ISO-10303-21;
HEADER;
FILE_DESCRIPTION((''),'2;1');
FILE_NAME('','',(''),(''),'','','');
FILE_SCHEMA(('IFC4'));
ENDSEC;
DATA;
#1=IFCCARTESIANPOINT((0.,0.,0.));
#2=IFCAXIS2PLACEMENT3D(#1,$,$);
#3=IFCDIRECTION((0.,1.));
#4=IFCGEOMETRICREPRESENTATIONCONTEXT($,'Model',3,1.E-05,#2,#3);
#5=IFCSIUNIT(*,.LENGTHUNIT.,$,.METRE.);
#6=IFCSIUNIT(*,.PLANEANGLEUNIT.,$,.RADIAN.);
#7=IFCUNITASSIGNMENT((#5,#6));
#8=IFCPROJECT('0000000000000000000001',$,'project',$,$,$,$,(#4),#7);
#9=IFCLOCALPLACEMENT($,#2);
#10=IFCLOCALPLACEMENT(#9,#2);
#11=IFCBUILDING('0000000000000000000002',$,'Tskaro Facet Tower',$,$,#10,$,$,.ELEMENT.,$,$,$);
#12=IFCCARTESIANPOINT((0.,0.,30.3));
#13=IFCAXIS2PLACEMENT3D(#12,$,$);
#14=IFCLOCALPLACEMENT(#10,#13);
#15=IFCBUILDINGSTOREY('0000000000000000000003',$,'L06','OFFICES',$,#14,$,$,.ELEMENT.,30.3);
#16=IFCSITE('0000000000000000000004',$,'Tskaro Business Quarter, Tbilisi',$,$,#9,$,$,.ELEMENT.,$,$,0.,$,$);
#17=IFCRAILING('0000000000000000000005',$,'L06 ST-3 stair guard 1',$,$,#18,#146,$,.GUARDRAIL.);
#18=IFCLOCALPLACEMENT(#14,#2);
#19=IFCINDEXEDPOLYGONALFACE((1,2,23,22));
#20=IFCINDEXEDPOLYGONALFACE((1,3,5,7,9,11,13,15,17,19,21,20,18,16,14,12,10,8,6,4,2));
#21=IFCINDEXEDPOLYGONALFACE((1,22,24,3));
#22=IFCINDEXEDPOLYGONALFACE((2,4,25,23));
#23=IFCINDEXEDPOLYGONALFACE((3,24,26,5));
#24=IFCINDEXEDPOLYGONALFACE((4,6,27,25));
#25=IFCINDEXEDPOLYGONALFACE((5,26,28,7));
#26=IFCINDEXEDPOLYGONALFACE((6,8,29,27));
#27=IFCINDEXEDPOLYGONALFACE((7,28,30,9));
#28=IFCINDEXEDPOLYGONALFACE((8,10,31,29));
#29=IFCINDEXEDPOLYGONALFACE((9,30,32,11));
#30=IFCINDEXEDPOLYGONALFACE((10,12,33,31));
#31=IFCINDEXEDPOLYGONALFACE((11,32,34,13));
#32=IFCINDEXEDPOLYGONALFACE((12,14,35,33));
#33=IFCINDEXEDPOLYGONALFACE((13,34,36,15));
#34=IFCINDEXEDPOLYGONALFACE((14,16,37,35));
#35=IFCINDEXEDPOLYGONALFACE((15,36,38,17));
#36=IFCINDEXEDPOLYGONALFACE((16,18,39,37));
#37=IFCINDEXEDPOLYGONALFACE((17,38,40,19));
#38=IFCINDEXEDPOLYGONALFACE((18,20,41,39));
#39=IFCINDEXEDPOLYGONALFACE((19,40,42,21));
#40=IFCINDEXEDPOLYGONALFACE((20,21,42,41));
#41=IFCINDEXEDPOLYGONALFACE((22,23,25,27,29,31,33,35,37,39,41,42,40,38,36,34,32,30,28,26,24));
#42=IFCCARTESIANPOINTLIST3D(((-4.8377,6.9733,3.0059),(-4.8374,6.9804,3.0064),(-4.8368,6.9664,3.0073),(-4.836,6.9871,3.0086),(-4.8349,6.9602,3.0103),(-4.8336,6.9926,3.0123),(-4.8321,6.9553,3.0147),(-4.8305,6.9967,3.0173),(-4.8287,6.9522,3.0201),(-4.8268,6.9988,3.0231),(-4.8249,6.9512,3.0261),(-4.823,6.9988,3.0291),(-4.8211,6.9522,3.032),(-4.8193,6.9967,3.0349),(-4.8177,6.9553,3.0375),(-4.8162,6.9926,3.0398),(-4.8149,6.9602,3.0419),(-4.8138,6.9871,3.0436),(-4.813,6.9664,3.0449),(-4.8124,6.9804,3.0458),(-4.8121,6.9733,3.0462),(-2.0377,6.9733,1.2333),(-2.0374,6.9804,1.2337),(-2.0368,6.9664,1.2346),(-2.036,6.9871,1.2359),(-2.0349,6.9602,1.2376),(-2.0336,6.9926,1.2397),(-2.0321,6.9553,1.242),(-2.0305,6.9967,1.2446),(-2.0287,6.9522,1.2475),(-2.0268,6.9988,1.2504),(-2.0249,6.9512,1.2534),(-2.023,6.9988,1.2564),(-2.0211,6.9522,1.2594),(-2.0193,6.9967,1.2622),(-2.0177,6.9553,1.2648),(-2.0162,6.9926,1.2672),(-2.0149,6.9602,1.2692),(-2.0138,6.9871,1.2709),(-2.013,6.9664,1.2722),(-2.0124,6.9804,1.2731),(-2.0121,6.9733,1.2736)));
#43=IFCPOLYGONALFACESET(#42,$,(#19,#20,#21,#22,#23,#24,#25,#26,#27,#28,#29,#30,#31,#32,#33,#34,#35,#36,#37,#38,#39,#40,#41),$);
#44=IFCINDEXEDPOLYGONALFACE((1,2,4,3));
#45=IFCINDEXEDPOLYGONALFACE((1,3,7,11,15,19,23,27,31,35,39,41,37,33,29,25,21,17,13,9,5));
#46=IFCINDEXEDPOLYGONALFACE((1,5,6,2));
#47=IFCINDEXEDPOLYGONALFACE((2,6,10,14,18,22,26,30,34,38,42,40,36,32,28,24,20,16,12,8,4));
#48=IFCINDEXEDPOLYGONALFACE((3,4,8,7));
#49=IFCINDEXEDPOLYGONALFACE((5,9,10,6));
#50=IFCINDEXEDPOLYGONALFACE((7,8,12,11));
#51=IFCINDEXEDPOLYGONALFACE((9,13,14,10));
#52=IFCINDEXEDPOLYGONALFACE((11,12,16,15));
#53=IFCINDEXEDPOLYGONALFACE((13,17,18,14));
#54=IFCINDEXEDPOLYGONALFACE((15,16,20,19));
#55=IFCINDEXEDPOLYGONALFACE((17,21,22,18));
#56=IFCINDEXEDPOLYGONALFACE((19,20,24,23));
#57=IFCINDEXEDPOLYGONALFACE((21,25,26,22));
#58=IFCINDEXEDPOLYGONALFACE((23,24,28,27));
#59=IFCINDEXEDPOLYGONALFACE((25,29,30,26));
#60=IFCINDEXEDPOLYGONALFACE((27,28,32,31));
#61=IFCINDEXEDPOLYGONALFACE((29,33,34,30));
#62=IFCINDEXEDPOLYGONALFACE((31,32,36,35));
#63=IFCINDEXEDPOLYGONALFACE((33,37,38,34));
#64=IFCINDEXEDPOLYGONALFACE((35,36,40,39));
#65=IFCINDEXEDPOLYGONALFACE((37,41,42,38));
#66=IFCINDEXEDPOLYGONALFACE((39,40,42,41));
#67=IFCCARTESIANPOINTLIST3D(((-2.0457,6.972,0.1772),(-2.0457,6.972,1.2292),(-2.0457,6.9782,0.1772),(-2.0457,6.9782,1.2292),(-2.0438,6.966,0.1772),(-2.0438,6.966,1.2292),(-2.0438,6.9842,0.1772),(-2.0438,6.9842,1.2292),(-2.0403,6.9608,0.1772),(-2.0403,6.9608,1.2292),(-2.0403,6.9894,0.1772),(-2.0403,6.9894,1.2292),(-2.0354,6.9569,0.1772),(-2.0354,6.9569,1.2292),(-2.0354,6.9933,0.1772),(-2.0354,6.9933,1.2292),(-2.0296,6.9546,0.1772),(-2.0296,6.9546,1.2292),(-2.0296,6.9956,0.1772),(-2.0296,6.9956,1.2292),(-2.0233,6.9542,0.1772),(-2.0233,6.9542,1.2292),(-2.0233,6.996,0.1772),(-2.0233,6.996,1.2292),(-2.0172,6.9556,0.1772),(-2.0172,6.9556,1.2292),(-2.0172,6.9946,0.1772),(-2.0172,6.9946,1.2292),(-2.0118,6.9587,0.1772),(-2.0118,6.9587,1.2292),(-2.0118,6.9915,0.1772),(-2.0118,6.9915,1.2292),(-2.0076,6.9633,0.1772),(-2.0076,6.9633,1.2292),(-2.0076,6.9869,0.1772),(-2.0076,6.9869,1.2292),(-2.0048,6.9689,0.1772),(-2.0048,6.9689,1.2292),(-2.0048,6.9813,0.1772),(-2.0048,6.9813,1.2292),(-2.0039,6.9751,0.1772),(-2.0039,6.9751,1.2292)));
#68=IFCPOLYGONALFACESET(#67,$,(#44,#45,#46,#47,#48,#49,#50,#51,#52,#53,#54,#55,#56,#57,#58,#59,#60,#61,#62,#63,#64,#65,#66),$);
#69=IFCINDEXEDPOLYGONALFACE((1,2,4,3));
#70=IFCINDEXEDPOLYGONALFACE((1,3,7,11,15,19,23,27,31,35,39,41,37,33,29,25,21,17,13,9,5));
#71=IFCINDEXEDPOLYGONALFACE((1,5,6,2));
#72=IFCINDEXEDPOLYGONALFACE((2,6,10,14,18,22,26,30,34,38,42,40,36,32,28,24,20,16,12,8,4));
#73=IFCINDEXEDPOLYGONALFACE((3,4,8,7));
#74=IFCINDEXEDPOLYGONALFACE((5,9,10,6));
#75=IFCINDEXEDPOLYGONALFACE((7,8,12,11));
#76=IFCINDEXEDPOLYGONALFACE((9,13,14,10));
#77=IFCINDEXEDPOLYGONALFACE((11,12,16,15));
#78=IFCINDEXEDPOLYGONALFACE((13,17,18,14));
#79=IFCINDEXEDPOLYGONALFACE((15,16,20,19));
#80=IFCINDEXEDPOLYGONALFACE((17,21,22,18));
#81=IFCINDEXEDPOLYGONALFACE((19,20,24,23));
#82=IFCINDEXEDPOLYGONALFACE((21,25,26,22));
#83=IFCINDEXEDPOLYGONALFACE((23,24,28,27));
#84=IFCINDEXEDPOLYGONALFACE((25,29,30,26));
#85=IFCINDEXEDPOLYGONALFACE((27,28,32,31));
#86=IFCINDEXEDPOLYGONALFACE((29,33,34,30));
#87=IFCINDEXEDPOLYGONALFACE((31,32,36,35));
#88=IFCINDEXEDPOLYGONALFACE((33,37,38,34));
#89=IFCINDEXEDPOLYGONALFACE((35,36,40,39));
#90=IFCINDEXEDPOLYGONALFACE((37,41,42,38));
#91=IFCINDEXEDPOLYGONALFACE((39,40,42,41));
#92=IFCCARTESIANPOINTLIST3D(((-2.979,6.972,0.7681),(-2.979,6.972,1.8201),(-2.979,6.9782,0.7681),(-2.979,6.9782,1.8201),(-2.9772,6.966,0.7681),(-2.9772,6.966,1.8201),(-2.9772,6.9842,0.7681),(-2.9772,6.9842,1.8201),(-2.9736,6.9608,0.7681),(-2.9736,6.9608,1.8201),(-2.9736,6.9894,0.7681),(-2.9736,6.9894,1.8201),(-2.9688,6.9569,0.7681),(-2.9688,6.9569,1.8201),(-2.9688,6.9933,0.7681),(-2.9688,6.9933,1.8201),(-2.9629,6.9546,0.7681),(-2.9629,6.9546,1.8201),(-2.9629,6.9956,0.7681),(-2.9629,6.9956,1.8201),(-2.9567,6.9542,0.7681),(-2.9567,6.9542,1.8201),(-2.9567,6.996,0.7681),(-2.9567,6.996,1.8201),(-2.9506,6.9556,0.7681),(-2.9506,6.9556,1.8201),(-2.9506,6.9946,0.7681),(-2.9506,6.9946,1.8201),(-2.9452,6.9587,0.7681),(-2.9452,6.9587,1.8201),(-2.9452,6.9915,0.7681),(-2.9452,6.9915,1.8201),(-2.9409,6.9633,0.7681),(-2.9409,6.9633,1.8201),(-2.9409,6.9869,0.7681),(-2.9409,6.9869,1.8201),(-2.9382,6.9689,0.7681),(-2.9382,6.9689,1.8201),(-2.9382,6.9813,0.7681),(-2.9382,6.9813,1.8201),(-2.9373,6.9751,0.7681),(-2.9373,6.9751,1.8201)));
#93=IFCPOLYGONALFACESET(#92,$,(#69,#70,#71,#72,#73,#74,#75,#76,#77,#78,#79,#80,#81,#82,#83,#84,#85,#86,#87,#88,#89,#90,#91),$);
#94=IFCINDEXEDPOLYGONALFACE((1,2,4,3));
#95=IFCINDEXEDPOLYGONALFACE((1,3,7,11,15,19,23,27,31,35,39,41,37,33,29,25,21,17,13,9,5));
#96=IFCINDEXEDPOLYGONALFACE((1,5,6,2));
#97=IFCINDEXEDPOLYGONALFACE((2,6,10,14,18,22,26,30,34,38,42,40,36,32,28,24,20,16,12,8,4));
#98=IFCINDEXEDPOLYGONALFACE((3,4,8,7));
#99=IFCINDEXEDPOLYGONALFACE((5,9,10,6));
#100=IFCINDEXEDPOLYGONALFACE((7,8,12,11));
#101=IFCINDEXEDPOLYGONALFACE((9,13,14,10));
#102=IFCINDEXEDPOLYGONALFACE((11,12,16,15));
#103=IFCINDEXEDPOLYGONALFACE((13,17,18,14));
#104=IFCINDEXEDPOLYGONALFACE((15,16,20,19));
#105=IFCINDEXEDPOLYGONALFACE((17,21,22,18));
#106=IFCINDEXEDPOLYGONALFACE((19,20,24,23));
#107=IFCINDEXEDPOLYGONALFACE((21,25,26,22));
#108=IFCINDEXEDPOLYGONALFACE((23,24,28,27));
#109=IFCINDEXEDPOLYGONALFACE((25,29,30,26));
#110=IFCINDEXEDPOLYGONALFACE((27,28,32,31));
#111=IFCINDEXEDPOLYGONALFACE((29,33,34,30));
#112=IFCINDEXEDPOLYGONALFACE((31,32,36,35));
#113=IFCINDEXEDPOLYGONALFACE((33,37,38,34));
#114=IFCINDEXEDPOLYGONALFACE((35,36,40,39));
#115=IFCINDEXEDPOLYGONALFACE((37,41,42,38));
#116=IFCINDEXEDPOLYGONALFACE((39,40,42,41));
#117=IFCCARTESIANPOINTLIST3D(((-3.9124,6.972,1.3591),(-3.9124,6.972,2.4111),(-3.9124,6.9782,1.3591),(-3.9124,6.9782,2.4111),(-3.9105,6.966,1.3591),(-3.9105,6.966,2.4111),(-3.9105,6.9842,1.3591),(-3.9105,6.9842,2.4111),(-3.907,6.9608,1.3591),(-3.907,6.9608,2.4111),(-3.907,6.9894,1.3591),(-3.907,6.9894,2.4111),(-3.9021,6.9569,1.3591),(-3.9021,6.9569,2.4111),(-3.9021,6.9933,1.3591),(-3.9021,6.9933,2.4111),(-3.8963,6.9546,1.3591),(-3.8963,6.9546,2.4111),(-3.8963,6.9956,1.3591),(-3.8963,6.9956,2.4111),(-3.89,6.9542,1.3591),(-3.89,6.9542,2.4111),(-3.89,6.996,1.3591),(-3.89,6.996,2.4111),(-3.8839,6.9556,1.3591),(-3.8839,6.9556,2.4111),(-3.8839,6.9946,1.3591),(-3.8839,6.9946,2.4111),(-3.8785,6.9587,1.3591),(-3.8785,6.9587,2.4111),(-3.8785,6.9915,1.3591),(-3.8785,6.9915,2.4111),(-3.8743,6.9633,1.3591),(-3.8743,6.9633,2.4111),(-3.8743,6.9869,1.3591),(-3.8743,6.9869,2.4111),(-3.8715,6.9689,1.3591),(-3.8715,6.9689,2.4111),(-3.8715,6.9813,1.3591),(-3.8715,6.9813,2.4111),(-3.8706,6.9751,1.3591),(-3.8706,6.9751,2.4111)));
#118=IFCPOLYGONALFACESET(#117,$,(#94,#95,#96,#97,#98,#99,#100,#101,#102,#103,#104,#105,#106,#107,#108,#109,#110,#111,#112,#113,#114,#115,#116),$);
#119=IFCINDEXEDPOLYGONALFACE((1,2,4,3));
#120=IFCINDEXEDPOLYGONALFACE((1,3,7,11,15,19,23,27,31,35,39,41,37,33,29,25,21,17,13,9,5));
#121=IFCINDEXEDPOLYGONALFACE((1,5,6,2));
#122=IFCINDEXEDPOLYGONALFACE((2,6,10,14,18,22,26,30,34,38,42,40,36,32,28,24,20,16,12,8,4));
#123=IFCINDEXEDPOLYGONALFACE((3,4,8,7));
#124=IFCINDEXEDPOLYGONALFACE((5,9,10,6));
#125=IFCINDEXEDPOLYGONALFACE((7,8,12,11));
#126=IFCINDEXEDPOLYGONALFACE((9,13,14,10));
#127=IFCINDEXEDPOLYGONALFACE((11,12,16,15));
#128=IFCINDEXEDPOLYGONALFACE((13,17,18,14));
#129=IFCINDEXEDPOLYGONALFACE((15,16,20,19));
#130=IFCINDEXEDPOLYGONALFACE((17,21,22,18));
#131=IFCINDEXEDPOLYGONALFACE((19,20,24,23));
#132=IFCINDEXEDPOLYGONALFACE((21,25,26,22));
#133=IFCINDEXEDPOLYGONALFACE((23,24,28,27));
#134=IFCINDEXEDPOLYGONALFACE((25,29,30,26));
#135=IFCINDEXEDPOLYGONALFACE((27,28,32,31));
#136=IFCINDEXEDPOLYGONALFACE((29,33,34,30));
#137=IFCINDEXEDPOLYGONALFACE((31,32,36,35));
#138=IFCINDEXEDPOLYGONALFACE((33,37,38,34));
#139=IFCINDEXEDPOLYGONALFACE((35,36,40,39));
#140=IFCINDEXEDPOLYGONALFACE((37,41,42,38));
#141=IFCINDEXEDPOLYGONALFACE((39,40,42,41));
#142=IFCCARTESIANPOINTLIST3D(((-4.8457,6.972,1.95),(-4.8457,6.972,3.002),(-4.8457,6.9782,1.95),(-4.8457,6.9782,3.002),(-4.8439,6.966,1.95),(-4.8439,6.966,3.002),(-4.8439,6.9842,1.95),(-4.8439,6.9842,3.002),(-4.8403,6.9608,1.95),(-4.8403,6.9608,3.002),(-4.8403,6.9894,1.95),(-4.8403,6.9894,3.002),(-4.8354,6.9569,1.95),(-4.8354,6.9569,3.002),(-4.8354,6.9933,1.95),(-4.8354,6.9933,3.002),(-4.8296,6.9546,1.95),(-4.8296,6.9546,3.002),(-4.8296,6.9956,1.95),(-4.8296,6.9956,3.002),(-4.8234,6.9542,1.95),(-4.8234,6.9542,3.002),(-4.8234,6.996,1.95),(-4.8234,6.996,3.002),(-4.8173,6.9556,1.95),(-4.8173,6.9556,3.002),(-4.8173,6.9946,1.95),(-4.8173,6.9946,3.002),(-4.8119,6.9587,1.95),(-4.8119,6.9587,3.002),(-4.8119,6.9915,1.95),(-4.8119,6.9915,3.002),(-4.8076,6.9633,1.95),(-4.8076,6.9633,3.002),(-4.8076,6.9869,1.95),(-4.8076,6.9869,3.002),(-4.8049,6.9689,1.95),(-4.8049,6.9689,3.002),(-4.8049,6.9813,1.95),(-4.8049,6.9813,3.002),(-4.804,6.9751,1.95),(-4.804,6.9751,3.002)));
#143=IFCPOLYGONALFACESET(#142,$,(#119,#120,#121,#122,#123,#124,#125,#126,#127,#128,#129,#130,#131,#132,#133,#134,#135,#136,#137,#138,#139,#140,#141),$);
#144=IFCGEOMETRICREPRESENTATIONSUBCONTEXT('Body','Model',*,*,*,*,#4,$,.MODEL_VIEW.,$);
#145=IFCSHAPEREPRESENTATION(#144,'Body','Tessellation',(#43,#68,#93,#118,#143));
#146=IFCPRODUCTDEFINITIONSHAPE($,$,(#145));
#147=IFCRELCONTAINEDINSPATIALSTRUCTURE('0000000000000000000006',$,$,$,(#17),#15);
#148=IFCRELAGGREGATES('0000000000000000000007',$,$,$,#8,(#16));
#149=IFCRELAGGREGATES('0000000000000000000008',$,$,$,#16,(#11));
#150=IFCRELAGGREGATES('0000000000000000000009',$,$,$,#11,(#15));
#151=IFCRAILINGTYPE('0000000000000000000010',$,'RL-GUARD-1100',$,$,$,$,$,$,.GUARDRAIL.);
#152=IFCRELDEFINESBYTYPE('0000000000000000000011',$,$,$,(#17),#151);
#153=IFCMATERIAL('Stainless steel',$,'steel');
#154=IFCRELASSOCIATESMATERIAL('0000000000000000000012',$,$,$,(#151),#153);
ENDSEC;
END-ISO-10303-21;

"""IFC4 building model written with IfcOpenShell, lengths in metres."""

from ifc_helpers import new_model, si_unit, direction, frame, origin, origin_2d, place, context, subcontext, project, spatial, circle, extrude, material, type_object, element, save


model = new_model("IFC4")

# Units and contexts
model_context = context("Model", 3, precision=1e-05, world=origin(), true_north=direction((0.0, 1.0)))
body_context = subcontext(model_context, "Body", "Model", "MODEL_VIEW")
ifc_project = project(units=[si_unit("LENGTHUNIT", "METRE"), si_unit("PLANEANGLEUNIT", "RADIAN")], contexts=[model_context])

# Site, building, storey
site_placement = place(None, origin())
site = spatial("IfcSite", under=ifc_project, at=site_placement, Name="Tskaro Business Quarter, Tbilisi", CompositionType="ELEMENT", RefElevation=0.0)
building_placement = place(site_placement, origin())
building = spatial("IfcBuilding", under=site, at=building_placement, Name="Tskaro Facet Tower", CompositionType="ELEMENT")
storey_placement = place(building_placement, frame((0.0, 0.0, 30.3)))
storey = spatial("IfcBuildingStorey", under=building, at=storey_placement, Name="L06", Description="OFFICES", CompositionType="ELEMENT", Elevation=30.3)

# Railing
ifc_material_1 = material(Name="Stainless steel", Category="steel")
railing_type_1 = type_object("IfcRailingType", Name="RL-GUARD-1100", PredefinedType="GUARDRAIL", material=ifc_material_1)
railing_1_placement = place(storey_placement, frame((-2.0249, 6.9751, 0.1772)))
element("IfcRailing", 1, at=railing_1_placement, inside=storey, type_object=railing_type_1, Name="L06 ST-3 stair guard 1", PredefinedType="GUARDRAIL", context=body_context, shape_type="SweptSolid", body=[
    extrude(circle(Radius=0.0239, at=origin_2d()), frame((0.0, 0.0, 1.0762), z_axis=(-0.844909, 0.0, 0.53491), x_axis=(0.0, -1.0, 0.0)), (0.0, 0.0, 1.0), 3.314),
    extrude(circle(Radius=0.021, at=origin_2d()), origin(), (0.0, 0.0, 1.0), 1.052),
    extrude(circle(Radius=0.021, at=origin_2d()), frame((-0.9333, 0.0, 0.5908)), (0.0, 0.0, 1.0), 1.052),
    extrude(circle(Radius=0.021, at=origin_2d()), frame((-1.8667, 0.0, 1.1819)), (0.0, 0.0, 1.0), 1.052),
    extrude(circle(Radius=0.021, at=origin_2d()), frame((-2.8, 0.0, 1.7727)), (0.0, 0.0, 1.0), 1.052),
])

save(model, "model.ifc")
